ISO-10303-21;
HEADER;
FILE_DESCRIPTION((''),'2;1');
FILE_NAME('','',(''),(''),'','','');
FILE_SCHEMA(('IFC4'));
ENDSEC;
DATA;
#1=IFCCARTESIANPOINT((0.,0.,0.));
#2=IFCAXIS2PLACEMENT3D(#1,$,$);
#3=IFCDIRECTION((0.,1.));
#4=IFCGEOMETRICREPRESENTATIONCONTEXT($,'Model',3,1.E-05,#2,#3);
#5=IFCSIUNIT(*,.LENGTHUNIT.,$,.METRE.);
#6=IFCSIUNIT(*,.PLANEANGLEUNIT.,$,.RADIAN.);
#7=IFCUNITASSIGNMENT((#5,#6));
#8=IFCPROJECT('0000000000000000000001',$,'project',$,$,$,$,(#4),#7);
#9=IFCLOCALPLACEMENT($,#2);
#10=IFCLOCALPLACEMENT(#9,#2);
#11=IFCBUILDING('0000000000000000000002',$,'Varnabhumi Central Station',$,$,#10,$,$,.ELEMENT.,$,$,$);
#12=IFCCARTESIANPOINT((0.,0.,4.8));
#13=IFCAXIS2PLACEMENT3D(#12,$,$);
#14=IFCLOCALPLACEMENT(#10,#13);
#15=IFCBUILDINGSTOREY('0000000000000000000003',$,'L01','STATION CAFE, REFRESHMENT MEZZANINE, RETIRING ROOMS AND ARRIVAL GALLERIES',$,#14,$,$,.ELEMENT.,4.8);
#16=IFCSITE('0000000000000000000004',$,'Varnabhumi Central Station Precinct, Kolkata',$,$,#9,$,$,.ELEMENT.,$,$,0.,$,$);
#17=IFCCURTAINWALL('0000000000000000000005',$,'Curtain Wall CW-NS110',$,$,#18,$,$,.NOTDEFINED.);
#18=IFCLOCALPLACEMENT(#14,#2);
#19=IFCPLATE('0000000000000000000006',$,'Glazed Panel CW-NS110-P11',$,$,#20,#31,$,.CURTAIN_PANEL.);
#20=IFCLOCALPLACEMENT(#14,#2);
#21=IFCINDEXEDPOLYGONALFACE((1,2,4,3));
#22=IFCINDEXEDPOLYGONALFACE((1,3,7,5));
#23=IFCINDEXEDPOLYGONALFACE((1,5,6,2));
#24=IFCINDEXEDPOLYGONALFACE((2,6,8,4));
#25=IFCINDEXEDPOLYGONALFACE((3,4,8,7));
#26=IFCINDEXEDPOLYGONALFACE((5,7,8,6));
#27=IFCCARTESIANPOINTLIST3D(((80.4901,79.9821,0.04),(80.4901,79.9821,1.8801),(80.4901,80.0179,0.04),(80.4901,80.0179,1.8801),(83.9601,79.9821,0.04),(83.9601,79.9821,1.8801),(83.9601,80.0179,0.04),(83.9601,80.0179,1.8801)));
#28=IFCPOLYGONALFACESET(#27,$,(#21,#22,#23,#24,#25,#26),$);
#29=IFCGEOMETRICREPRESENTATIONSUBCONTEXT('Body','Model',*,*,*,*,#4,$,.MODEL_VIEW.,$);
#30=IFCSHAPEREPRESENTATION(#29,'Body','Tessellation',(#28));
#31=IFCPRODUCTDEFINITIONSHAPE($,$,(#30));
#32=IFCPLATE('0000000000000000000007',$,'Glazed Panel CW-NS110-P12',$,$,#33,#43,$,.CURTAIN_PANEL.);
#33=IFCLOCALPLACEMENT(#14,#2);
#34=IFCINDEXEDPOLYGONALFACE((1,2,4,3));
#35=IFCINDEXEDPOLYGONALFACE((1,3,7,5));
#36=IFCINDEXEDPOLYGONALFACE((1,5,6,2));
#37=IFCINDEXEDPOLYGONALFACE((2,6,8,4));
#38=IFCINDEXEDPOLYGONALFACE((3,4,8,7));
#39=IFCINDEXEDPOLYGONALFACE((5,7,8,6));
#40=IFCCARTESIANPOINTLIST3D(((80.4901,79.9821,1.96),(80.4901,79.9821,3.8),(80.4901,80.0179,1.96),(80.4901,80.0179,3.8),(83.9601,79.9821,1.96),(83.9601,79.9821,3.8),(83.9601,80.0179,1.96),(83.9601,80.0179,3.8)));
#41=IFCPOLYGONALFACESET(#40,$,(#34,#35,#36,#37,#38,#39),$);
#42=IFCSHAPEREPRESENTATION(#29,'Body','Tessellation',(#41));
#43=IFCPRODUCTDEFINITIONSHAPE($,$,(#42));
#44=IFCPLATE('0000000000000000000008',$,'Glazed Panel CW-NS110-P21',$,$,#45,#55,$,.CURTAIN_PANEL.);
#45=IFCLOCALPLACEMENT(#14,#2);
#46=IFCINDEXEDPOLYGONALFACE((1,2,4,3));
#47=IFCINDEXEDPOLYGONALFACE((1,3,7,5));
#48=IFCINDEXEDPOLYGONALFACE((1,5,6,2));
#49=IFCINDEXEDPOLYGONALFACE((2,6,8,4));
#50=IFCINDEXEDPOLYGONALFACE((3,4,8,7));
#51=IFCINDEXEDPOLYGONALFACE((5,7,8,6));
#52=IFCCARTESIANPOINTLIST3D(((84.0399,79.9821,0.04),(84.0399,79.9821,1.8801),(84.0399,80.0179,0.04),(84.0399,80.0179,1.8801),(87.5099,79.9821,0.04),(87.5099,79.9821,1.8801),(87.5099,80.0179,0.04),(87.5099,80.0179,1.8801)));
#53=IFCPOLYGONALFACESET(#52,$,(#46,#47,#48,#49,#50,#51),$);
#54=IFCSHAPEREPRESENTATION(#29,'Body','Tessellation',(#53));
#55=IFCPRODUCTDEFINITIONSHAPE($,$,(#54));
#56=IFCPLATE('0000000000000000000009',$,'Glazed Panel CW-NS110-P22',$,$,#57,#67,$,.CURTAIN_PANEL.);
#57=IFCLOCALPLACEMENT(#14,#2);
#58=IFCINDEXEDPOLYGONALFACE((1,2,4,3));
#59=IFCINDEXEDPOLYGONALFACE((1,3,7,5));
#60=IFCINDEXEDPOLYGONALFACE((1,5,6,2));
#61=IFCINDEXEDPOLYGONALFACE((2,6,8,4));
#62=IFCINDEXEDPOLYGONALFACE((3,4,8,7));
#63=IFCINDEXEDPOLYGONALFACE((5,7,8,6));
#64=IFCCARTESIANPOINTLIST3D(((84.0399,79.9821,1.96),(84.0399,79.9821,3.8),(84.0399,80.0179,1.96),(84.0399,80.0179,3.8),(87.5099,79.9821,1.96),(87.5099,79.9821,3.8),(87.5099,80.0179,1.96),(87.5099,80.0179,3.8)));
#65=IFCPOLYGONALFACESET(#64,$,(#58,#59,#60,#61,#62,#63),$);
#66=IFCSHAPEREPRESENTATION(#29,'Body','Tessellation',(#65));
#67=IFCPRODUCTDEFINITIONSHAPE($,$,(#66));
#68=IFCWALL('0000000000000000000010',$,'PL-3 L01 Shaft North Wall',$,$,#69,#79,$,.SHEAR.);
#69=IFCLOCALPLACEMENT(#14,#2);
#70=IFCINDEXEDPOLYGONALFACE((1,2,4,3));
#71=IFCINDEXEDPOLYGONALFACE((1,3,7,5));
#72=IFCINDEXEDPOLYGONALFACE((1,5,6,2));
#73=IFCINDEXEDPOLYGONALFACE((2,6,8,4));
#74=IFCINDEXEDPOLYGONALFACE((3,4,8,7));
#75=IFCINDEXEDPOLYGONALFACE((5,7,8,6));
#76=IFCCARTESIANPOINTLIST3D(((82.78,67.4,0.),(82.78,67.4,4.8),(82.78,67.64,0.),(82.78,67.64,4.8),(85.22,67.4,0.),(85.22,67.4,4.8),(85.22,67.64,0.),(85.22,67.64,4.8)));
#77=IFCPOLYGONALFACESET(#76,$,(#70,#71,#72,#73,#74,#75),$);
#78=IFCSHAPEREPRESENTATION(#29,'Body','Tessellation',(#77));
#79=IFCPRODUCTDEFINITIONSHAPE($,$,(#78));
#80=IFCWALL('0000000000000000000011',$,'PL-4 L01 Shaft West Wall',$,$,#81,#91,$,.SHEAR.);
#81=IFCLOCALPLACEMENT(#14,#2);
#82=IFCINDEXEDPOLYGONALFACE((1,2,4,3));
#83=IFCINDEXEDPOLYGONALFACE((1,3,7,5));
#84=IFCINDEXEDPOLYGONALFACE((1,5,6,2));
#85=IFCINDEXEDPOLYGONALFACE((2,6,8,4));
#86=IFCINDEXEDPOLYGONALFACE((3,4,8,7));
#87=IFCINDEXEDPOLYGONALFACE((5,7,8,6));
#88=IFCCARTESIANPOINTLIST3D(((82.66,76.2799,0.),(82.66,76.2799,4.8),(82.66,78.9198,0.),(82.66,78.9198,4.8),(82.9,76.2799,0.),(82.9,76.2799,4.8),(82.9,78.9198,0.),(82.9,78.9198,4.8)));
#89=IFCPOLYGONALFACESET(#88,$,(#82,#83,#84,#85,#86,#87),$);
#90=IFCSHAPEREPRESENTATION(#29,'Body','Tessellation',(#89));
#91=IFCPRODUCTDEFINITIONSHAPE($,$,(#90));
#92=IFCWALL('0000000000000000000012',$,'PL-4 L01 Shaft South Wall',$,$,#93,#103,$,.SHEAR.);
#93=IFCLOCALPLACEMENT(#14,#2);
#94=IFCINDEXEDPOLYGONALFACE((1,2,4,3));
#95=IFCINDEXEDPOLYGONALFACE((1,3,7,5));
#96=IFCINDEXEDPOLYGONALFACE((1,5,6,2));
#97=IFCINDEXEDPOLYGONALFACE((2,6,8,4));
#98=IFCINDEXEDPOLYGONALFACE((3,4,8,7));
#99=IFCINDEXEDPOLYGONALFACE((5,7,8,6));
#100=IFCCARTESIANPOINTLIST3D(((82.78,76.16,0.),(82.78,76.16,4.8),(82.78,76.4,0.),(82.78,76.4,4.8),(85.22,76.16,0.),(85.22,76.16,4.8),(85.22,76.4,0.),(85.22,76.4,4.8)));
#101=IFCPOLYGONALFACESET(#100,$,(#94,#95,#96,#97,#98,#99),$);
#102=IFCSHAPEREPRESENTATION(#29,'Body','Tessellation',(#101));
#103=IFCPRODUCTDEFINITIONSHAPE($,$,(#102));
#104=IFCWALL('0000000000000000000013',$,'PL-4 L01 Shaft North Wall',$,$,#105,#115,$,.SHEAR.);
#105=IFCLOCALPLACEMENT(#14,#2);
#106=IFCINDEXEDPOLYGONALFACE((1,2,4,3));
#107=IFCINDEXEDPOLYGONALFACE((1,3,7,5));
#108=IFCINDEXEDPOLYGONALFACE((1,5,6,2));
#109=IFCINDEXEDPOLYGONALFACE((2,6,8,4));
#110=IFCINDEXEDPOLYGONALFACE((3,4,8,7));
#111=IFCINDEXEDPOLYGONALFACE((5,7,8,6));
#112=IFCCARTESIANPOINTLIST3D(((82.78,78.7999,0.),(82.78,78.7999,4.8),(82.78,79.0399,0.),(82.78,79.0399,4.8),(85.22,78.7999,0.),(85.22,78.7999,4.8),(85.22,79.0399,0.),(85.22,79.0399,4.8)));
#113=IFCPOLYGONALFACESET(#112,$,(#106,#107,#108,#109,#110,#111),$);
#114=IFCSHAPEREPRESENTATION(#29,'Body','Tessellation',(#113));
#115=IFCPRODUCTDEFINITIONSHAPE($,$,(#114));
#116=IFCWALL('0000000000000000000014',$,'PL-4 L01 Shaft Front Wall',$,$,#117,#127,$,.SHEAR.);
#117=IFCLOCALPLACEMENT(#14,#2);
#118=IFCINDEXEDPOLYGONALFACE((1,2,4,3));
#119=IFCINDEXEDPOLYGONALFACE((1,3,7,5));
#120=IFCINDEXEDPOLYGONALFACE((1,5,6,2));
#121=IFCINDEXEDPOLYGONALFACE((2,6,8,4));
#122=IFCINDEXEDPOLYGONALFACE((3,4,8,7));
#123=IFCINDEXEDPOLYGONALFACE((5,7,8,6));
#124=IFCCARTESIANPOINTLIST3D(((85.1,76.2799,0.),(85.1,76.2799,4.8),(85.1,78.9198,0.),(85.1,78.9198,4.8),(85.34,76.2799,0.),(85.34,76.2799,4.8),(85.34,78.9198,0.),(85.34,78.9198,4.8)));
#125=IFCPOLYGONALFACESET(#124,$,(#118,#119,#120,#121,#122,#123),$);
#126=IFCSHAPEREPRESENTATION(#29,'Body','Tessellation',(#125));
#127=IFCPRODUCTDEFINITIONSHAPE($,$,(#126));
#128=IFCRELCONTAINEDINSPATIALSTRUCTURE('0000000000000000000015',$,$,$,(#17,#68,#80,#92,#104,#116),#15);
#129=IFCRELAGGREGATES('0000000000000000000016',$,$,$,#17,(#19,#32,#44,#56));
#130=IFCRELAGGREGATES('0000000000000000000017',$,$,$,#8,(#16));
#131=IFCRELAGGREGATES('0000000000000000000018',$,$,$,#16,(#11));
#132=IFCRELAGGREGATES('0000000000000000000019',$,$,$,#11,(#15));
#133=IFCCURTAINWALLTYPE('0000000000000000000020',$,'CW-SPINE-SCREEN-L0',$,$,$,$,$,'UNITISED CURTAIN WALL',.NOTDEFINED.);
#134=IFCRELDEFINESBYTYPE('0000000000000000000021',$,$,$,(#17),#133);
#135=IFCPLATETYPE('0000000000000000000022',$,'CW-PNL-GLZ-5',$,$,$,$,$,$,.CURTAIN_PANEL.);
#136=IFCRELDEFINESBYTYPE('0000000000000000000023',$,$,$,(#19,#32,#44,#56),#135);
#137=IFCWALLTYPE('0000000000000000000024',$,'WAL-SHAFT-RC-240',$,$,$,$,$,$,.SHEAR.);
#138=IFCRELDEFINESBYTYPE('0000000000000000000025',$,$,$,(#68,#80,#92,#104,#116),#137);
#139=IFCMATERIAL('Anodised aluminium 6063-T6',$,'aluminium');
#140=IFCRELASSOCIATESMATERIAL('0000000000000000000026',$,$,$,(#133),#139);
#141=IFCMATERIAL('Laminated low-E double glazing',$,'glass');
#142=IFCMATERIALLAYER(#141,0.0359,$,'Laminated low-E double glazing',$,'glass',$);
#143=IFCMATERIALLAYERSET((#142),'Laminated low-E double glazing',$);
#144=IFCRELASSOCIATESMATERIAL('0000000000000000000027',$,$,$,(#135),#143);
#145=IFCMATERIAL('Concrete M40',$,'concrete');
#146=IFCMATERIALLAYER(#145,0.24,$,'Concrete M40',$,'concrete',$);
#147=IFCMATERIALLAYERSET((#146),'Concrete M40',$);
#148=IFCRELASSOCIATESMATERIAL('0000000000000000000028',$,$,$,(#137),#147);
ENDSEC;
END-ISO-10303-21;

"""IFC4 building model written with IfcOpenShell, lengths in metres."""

from ifc_helpers import new_model, si_unit, direction, frame, frame_2d, origin, origin_2d, place, context, subcontext, project, spatial, rectangle, extrude, material, layer, layer_set, type_object, element, aggregate, save


model = new_model("IFC4")

# Units and contexts
model_context = context("Model", 3, precision=1e-05, world=origin(), true_north=direction((0.0, 1.0)))
body_context = subcontext(model_context, "Body", "Model", "MODEL_VIEW")
ifc_project = project(units=[si_unit("LENGTHUNIT", "METRE"), si_unit("PLANEANGLEUNIT", "RADIAN")], contexts=[model_context])

# Site, building, storey
site_placement = place(None, origin())
site = spatial("IfcSite", under=ifc_project, at=site_placement, Name="Varnabhumi Central Station Precinct, Kolkata", CompositionType="ELEMENT", RefElevation=0.0)
building_placement = place(site_placement, origin())
building = spatial("IfcBuilding", under=site, at=building_placement, Name="Varnabhumi Central Station", CompositionType="ELEMENT")
storey_placement = place(building_placement, frame((0.0, 0.0, 4.8)))
storey = spatial("IfcBuildingStorey", under=building, at=storey_placement, Name="L01", Description="STATION CAFE, REFRESHMENT MEZZANINE, RETIRING ROOMS AND ARRIVAL GALLERIES", CompositionType="ELEMENT", Elevation=4.8)

# Curtain wall
ifc_material_1 = material(Name="Anodised aluminium 6063-T6", Category="aluminium")
curtain_wall_type_1 = type_object("IfcCurtainWallType", Name="CW-SPINE-SCREEN-L0", ElementType="UNITISED CURTAIN WALL", PredefinedType="NOTDEFINED", material=ifc_material_1)
curtain_wall_1_placement = place(storey_placement, origin())
curtain_wall_1 = element("IfcCurtainWall", 1, at=curtain_wall_1_placement, inside=storey, type_object=curtain_wall_type_1, Name="Curtain Wall CW-NS110", PredefinedType="NOTDEFINED")

# Plates
ifc_material_2 = material(Name="Laminated low-E double glazing", Category="glass")
ifc_layer_1 = layer(ifc_material_2, 0.0359, Name="Laminated low-E double glazing", Category="glass")
ifc_layer_set_1 = layer_set([ifc_layer_1], Name="Laminated low-E double glazing")
plate_type_1 = type_object("IfcPlateType", Name="CW-PNL-GLZ-5", PredefinedType="CURTAIN_PANEL", material=ifc_layer_set_1)
plate_1_placement = place(storey_placement, frame((82.2251, 80.0, 0.04), z_axis=(0.0, 0.0, 1.0), x_axis=(1.0, 0.0, 0.0)))
plate_1 = element("IfcPlate", 2, at=plate_1_placement, type_object=plate_type_1, Name="Glazed Panel CW-NS110-P11", PredefinedType="CURTAIN_PANEL", context=body_context, shape_type="SweptSolid", body=[
    extrude(rectangle(XDim=3.47, YDim=0.0359, at=origin_2d()), origin(), (0.0, 0.0, 1.0), 1.8401),
])
plate_2_placement = place(storey_placement, frame((82.2251, 80.0, 1.96), z_axis=(0.0, 0.0, 1.0), x_axis=(1.0, 0.0, 0.0)))
plate_2 = element("IfcPlate", 3, at=plate_2_placement, type_object=plate_type_1, Name="Glazed Panel CW-NS110-P12", PredefinedType="CURTAIN_PANEL", context=body_context, shape_type="SweptSolid", body=[
    extrude(rectangle(XDim=3.47, YDim=0.0359, at=origin_2d()), origin(), (0.0, 0.0, 1.0), 1.8401),
])
plate_3_placement = place(storey_placement, frame((85.7749, 80.0, 0.04), z_axis=(0.0, 0.0, 1.0), x_axis=(1.0, 0.0, 0.0)))
plate_3 = element("IfcPlate", 4, at=plate_3_placement, type_object=plate_type_1, Name="Glazed Panel CW-NS110-P21", PredefinedType="CURTAIN_PANEL", context=body_context, shape_type="SweptSolid", body=[
    extrude(rectangle(XDim=3.47, YDim=0.0359, at=origin_2d()), origin(), (0.0, 0.0, 1.0), 1.8401),
])
plate_4_placement = place(storey_placement, frame((85.7749, 80.0, 1.96), z_axis=(0.0, 0.0, 1.0), x_axis=(1.0, 0.0, 0.0)))
plate_4 = element("IfcPlate", 5, at=plate_4_placement, type_object=plate_type_1, Name="Glazed Panel CW-NS110-P22", PredefinedType="CURTAIN_PANEL", context=body_context, shape_type="SweptSolid", body=[
    extrude(rectangle(XDim=3.47, YDim=0.0359, at=origin_2d()), origin(), (0.0, 0.0, 1.0), 1.8401),
])
aggregate(curtain_wall_1, [plate_1, plate_2, plate_3, plate_4])

# Walls
ifc_material_3 = material(Name="Concrete M40", Category="concrete")
ifc_layer_2 = layer(ifc_material_3, 0.24, Name="Concrete M40", Category="concrete")
ifc_layer_set_2 = layer_set([ifc_layer_2], Name="Concrete M40")
wall_type = type_object("IfcWallType", Name="WAL-SHAFT-RC-240", PredefinedType="SHEAR", material=ifc_layer_set_2)
wall_1_placement = place(storey_placement, frame((82.78, 67.52, 0.0), z_axis=(0.0, 0.0, 1.0), x_axis=(1.0, 0.0, 0.0)))
element("IfcWall", 6, at=wall_1_placement, inside=storey, type_object=wall_type, Name="PL-3 L01 Shaft North Wall", PredefinedType="SHEAR", context=body_context, shape_type="SweptSolid", body=[
    extrude(rectangle(XDim=2.4399, YDim=0.24, at=frame_2d((1.22, 0.0))), origin(), (0.0, 0.0, 1.0), 4.8),
])
wall_2_placement = place(storey_placement, frame((82.78, 76.28, 0.0), z_axis=(0.0, 0.0, 1.0), x_axis=(0.0, 1.0, 0.0)))
element("IfcWall", 7, at=wall_2_placement, inside=storey, type_object=wall_type, Name="PL-4 L01 Shaft West Wall", PredefinedType="SHEAR", context=body_context, shape_type="SweptSolid", body=[
    extrude(rectangle(XDim=2.6399, YDim=0.24, at=frame_2d((1.3198, 0.0))), origin(), (0.0, 0.0, 1.0), 4.8),
])
for number, where, z_axis, x_axis, name in (
    (8, (82.78, 76.28, 0.0), (0.0, 0.0, 1.0), (1.0, 0.0, 0.0), "PL-4 L01 Shaft South Wall"),
    (9, (82.78, 78.9199, 0.0), (0.0, 0.0, 1.0), (1.0, 0.0, 0.0), "PL-4 L01 Shaft North Wall"),
):
    element("IfcWall", number, at=place(storey_placement, frame(where, z_axis=z_axis, x_axis=x_axis)), inside=storey, type_object=wall_type, Name=name, PredefinedType="SHEAR", context=body_context, shape_type="SweptSolid", body=[
        extrude(rectangle(XDim=2.4399, YDim=0.24, at=frame_2d((1.22, 0.0))), origin(), (0.0, 0.0, 1.0), 4.8),
    ])
wall_3_placement = place(storey_placement, frame((85.22, 76.28, 0.0), z_axis=(0.0, 0.0, 1.0), x_axis=(0.0, 1.0, 0.0)))
element("IfcWall", 10, at=wall_3_placement, inside=storey, type_object=wall_type, Name="PL-4 L01 Shaft Front Wall", PredefinedType="SHEAR", context=body_context, shape_type="SweptSolid", body=[
    extrude(rectangle(XDim=2.6399, YDim=0.24, at=frame_2d((1.3198, 0.0))), origin(), (0.0, 0.0, 1.0), 4.8),
])

save(model, "model.ifc")
